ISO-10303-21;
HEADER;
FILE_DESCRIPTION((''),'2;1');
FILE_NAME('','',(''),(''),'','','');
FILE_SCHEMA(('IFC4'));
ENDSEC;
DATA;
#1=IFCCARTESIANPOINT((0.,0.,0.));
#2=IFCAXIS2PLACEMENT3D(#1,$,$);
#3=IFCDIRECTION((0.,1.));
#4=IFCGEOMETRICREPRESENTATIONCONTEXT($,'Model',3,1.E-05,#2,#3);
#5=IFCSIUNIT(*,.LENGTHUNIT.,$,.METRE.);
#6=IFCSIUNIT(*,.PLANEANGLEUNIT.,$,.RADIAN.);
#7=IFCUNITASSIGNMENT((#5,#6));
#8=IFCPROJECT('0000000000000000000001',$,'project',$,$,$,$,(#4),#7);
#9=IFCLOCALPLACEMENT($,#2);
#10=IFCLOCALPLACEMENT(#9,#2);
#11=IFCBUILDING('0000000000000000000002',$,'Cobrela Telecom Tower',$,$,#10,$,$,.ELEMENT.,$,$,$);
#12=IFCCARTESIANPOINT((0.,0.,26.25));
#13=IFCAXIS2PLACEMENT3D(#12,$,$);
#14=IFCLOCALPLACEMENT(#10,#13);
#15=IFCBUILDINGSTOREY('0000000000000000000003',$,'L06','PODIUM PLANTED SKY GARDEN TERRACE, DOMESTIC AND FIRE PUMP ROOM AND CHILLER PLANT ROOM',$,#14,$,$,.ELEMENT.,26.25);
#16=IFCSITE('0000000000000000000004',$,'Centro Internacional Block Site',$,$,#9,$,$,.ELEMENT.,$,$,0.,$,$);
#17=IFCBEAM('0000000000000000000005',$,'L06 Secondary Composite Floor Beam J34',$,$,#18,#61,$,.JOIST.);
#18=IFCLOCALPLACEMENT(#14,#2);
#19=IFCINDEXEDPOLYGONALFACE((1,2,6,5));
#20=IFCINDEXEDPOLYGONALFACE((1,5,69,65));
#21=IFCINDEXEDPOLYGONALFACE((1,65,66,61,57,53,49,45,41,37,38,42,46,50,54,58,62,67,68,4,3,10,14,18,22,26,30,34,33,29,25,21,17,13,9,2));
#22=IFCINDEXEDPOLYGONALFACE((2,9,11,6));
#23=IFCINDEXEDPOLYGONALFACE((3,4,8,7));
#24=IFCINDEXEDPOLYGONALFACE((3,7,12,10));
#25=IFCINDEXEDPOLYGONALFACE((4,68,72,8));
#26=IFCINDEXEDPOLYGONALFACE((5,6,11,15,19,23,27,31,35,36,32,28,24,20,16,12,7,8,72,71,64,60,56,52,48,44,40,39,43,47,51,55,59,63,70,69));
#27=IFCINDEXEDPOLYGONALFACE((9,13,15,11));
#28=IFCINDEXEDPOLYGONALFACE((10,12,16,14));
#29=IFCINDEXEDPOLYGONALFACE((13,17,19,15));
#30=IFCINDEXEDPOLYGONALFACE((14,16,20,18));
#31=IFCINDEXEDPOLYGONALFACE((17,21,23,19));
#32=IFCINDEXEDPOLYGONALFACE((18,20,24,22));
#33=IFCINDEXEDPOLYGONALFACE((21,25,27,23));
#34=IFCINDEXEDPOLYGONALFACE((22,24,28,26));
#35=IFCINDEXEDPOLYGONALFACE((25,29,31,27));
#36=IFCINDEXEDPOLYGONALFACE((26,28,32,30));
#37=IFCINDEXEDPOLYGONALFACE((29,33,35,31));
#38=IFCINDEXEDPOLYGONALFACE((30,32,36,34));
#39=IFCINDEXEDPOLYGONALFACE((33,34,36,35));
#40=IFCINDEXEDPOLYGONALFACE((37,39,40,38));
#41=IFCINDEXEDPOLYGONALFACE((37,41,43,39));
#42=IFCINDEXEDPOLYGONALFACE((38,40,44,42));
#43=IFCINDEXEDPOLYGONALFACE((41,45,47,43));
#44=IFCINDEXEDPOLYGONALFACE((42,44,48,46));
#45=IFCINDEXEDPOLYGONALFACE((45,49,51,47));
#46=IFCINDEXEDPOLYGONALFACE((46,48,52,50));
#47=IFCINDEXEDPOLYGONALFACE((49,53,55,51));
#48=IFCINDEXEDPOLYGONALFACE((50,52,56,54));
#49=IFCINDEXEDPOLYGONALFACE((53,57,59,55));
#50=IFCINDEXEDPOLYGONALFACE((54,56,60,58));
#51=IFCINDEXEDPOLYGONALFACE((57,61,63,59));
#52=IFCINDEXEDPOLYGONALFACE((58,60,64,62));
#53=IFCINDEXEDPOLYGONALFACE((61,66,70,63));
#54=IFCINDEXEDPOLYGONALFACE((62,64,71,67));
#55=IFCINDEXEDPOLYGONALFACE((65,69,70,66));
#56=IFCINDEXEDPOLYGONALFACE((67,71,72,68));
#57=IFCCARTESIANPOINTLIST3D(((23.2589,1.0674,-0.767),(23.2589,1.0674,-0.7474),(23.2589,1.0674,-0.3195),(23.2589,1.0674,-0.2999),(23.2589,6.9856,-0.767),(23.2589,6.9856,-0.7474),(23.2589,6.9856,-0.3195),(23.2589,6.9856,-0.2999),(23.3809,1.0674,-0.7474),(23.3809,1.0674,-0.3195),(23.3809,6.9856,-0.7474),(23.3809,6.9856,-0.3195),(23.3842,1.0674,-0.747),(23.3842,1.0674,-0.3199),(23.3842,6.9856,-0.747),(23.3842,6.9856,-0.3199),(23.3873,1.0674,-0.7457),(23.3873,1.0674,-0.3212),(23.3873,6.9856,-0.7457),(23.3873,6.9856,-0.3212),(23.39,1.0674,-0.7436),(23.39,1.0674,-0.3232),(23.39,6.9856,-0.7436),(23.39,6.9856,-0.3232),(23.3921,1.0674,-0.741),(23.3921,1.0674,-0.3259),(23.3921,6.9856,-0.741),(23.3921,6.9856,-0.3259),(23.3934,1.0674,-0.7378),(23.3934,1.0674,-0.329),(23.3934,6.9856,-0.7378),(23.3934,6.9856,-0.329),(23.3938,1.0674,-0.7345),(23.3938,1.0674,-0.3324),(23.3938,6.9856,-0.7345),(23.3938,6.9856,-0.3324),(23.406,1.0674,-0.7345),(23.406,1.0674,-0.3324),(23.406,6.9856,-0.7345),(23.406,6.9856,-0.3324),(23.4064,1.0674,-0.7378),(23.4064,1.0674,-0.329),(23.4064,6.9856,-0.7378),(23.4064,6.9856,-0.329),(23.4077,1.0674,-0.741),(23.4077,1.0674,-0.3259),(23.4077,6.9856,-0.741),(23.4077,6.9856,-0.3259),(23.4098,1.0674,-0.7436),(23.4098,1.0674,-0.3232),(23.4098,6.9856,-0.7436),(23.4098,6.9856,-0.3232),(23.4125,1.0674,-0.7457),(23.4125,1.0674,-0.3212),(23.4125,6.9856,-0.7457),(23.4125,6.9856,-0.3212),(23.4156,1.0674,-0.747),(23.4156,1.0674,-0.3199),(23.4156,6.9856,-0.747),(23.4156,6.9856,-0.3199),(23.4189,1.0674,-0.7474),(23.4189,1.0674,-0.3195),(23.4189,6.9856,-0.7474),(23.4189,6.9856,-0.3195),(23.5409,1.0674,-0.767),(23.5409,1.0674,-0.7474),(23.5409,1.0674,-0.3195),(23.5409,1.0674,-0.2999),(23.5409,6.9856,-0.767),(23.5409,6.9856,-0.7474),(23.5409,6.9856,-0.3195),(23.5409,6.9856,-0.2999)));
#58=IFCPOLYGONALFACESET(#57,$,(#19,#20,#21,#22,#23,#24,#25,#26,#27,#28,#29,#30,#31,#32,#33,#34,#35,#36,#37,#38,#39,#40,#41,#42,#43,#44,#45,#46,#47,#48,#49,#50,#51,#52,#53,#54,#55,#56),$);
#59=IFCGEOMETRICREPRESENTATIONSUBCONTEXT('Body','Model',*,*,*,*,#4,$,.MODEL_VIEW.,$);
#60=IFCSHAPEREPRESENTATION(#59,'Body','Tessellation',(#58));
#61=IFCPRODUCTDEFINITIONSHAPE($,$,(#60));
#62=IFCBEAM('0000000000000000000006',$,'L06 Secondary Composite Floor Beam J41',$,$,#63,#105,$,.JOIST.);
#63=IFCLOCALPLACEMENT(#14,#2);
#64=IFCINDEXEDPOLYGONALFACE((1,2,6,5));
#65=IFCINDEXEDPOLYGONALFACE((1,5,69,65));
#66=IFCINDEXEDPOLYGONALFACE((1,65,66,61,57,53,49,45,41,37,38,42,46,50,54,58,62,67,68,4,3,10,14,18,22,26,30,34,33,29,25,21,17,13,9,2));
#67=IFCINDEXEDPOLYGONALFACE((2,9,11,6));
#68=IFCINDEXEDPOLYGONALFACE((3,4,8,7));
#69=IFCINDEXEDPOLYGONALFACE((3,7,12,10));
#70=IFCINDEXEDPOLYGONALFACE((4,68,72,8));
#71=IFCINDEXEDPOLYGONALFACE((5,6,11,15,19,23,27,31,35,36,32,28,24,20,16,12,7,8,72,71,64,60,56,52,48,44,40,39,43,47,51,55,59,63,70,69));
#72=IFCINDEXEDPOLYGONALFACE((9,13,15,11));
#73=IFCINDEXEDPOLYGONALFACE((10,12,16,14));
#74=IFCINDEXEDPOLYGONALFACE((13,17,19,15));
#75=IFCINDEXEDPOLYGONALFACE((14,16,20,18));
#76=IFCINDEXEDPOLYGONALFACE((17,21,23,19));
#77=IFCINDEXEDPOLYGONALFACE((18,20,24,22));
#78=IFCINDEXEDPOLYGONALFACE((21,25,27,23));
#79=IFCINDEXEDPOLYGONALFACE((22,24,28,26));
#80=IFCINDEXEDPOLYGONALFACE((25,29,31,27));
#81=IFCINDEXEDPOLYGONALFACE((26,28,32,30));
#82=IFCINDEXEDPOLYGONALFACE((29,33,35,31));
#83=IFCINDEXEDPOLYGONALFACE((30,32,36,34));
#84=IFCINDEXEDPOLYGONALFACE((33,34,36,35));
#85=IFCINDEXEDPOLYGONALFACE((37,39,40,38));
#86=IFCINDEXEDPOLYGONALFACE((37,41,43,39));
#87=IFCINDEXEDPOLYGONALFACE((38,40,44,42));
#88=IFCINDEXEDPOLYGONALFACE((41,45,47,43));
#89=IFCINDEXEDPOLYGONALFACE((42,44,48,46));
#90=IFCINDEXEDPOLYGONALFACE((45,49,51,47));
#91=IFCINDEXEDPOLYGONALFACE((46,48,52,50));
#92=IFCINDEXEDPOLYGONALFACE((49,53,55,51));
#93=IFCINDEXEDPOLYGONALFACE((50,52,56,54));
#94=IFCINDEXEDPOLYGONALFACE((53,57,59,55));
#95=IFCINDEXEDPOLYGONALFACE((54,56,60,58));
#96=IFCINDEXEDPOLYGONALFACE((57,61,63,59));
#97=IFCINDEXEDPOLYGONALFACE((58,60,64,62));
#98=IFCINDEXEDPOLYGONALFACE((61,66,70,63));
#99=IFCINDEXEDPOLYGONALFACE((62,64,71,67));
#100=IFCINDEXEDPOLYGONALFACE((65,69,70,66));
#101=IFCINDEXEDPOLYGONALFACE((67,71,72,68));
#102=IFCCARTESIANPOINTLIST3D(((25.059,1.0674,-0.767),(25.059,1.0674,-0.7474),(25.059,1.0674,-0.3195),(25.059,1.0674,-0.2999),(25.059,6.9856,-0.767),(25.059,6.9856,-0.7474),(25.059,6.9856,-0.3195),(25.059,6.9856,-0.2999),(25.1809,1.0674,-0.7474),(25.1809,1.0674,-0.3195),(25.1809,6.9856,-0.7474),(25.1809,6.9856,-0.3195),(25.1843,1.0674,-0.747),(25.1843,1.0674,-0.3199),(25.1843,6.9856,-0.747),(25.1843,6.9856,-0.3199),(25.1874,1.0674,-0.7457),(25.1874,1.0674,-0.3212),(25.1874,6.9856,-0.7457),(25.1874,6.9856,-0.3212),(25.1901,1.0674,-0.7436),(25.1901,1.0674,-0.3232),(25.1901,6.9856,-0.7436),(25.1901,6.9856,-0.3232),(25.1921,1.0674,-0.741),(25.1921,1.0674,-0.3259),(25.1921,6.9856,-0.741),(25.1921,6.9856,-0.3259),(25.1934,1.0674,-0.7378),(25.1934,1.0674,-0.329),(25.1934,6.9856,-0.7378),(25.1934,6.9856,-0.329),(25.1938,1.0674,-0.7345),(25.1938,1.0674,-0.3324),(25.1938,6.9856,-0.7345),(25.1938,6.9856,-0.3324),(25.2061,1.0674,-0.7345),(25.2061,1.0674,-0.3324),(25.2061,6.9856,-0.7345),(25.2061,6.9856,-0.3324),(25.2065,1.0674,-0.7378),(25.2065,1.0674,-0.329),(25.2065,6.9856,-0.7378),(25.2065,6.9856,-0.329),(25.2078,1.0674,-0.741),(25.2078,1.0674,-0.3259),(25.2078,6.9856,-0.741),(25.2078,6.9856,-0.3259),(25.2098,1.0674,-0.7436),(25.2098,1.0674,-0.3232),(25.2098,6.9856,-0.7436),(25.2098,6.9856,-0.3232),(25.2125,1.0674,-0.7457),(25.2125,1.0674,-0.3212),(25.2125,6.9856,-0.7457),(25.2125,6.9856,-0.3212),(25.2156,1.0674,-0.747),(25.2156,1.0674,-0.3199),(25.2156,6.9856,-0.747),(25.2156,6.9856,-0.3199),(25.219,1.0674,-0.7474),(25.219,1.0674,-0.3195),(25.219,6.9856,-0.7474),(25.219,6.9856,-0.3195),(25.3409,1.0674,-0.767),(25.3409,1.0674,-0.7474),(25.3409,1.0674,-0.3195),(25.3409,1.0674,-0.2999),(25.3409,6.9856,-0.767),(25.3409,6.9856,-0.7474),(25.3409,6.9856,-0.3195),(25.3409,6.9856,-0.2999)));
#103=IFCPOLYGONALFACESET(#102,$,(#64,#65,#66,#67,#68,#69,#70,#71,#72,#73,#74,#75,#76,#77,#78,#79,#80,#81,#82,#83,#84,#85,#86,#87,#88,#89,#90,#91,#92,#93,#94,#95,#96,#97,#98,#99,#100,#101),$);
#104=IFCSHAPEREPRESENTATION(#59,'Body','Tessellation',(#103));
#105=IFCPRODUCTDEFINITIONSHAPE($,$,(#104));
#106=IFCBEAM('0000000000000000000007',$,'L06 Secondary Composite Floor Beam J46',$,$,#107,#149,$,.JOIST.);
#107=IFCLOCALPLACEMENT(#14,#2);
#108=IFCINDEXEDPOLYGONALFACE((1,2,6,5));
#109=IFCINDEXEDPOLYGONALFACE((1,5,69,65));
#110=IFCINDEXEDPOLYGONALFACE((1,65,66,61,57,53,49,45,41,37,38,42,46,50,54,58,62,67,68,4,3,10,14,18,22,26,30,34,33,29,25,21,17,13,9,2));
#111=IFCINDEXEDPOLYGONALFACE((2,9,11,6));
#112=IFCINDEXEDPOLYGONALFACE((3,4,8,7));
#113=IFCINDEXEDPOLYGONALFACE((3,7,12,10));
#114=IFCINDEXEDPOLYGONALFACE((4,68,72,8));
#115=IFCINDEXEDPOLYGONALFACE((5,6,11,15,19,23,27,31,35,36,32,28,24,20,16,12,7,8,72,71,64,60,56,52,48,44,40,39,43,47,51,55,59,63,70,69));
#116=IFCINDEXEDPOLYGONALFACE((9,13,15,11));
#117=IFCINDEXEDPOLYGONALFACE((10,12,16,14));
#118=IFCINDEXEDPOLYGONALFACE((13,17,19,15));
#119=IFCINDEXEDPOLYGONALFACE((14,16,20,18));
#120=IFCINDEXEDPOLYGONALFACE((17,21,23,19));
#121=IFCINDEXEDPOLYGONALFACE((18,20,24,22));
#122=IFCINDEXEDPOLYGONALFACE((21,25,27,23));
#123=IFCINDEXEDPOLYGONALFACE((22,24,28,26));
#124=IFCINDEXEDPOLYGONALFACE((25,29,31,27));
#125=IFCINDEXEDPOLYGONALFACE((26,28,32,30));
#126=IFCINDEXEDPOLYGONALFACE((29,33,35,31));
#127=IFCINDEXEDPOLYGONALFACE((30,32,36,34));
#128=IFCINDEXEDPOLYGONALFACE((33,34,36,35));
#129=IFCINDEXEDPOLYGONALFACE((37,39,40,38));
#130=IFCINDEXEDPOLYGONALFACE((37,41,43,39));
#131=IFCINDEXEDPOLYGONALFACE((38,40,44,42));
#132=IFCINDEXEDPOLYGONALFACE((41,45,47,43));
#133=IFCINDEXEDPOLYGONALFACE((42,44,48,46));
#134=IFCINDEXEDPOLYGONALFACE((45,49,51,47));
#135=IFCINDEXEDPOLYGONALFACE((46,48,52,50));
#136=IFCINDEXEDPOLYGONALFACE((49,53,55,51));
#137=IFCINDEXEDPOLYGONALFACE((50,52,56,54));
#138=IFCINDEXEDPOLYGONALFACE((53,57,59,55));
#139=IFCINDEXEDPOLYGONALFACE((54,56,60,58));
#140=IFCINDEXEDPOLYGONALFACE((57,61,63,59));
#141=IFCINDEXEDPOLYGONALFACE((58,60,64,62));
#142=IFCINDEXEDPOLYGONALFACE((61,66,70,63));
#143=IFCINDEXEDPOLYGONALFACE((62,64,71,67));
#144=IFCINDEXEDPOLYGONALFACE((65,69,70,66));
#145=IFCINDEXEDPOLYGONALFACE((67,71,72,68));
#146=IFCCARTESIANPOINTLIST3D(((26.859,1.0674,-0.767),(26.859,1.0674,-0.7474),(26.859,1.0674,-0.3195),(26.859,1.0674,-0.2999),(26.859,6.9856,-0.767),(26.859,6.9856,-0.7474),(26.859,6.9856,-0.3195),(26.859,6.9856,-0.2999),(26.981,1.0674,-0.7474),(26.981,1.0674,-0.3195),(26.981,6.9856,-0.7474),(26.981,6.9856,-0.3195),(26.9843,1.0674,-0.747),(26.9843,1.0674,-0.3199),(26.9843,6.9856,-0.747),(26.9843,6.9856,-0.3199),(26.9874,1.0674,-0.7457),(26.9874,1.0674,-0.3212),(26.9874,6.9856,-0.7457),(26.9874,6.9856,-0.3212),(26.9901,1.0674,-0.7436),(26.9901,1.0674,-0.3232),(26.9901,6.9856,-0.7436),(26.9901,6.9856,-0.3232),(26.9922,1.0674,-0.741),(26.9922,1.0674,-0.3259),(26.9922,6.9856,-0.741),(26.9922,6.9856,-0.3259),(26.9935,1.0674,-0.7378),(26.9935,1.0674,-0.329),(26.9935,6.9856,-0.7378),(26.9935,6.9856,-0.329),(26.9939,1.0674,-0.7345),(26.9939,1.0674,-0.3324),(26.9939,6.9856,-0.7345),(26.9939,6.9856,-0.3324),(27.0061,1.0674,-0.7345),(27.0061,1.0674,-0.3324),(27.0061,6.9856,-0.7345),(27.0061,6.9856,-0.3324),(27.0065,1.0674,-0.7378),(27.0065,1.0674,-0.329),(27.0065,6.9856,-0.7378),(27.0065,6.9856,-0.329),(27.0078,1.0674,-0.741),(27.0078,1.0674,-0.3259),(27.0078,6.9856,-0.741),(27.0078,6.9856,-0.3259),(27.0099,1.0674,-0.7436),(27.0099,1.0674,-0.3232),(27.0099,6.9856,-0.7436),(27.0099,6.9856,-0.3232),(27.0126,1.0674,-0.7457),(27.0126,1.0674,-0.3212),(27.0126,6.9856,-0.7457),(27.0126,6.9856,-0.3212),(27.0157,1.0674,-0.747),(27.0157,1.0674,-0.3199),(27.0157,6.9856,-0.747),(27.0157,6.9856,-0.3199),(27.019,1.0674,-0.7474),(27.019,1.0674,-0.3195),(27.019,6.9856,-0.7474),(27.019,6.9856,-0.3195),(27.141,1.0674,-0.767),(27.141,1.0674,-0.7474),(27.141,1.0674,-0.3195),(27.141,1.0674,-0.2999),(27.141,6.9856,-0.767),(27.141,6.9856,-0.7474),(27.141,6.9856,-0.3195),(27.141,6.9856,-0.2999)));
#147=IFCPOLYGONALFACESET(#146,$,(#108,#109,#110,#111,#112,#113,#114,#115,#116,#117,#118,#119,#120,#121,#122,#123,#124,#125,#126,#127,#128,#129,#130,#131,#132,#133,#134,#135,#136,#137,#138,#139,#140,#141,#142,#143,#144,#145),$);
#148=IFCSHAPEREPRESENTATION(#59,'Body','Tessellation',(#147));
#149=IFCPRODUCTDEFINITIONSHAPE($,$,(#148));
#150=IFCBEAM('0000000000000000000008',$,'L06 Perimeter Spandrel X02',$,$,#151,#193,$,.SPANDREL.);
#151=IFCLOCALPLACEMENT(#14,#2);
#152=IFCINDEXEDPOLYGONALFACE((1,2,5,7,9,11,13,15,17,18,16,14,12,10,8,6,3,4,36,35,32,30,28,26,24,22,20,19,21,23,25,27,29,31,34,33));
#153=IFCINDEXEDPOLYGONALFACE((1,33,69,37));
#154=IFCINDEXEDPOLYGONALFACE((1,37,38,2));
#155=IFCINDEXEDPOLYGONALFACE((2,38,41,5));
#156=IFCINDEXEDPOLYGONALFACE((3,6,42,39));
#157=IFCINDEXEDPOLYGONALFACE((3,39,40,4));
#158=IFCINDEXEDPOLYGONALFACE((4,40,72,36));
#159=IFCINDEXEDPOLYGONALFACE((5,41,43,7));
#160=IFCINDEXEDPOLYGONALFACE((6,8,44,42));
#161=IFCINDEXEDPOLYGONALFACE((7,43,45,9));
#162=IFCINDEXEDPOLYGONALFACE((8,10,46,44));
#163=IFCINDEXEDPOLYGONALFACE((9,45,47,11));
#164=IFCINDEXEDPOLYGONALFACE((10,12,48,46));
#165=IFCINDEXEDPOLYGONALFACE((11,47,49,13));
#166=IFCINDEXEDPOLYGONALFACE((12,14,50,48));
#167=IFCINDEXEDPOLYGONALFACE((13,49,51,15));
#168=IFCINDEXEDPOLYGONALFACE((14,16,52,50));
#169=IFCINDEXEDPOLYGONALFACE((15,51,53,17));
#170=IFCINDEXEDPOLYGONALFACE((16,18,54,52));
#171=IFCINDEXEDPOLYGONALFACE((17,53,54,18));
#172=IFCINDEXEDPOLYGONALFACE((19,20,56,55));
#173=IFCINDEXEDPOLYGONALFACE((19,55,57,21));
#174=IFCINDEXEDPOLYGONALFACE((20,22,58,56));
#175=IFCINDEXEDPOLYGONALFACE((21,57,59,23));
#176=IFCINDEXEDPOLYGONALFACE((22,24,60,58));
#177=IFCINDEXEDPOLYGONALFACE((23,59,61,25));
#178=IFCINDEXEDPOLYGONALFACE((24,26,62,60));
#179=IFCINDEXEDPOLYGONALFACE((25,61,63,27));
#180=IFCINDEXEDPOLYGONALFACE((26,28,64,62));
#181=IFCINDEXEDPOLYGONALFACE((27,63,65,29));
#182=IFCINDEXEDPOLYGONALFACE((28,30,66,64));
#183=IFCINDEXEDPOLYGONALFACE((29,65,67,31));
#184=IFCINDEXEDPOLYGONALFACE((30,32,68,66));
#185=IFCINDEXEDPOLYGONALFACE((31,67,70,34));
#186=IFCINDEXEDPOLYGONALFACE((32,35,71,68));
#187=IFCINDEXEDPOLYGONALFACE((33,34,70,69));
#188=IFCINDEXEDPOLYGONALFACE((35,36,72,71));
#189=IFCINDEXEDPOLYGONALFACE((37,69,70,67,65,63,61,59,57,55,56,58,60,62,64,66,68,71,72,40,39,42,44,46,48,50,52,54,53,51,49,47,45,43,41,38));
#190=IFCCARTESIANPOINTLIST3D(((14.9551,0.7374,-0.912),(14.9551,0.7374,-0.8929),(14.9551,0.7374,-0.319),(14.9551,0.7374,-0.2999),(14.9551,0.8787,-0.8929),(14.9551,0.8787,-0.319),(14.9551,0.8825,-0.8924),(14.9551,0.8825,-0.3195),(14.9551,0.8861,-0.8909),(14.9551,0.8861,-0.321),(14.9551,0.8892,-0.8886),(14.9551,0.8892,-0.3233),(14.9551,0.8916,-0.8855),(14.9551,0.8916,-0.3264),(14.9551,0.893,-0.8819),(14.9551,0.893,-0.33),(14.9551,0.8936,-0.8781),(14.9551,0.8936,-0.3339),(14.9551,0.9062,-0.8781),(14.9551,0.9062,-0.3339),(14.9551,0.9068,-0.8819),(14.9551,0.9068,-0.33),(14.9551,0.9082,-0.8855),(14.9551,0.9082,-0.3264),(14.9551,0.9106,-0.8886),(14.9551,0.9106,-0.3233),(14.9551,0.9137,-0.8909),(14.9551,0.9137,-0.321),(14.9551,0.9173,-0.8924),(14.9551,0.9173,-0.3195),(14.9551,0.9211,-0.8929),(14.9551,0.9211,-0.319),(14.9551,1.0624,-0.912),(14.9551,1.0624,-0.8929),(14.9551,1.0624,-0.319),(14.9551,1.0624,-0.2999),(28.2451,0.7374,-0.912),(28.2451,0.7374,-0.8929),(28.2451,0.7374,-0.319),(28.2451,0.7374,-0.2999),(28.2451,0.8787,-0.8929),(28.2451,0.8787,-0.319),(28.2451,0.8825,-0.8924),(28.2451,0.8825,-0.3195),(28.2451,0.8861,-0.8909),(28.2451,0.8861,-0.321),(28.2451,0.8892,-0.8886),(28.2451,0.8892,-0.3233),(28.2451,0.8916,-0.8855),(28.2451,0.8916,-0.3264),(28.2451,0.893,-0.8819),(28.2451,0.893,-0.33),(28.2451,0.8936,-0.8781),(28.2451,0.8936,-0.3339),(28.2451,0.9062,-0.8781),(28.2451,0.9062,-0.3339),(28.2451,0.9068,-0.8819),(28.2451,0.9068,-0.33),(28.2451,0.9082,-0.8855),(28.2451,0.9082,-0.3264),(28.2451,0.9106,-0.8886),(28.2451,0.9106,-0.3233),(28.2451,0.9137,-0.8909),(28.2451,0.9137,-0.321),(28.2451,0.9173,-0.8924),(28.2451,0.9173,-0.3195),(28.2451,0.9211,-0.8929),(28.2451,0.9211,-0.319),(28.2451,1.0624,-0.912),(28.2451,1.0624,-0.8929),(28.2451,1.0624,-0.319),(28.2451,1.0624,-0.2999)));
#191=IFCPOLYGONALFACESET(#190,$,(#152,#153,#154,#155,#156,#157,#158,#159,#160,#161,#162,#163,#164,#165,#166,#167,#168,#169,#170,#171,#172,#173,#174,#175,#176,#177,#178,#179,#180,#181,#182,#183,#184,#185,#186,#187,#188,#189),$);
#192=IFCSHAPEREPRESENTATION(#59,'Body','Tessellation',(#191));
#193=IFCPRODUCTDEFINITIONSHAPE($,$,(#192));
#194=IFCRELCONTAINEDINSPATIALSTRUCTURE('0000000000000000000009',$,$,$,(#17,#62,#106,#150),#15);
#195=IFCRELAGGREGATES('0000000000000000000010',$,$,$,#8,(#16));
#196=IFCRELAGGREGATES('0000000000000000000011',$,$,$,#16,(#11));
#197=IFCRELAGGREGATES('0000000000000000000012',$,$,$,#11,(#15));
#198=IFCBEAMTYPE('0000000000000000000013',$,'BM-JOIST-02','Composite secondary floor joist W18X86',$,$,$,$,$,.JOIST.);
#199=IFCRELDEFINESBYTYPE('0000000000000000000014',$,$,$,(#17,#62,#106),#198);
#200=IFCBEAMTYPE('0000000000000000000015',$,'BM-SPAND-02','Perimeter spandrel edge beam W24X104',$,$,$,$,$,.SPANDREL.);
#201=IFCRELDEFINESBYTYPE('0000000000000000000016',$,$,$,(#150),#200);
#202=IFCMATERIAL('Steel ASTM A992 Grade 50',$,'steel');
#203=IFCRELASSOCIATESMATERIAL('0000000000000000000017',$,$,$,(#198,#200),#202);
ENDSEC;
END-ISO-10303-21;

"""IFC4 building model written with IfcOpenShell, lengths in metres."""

from ifc_helpers import new_model, si_unit, direction, frame, origin, origin_2d, place, context, subcontext, project, spatial, i_section, extrude, material, material_profile, profile_set, type_object, element, save


model = new_model("IFC4")

# Units and contexts
model_context = context("Model", 3, precision=1e-05, world=origin(), true_north=direction((0.0, 1.0)))
body_context = subcontext(model_context, "Body", "Model", "MODEL_VIEW")
ifc_project = project(units=[si_unit("LENGTHUNIT", "METRE"), si_unit("PLANEANGLEUNIT", "RADIAN")], contexts=[model_context])

# Site, building, storey
site_placement = place(None, origin())
site = spatial("IfcSite", under=ifc_project, at=site_placement, Name="Centro Internacional Block Site", CompositionType="ELEMENT", RefElevation=0.0)
building_placement = place(site_placement, origin())
building = spatial("IfcBuilding", under=site, at=building_placement, Name="Cobrela Telecom Tower", CompositionType="ELEMENT")
storey_placement = place(building_placement, frame((0.0, 0.0, 26.25)))
storey = spatial("IfcBuildingStorey", under=building, at=storey_placement, Name="L06", Description="PODIUM PLANTED SKY GARDEN TERRACE, DOMESTIC AND FIRE PUMP ROOM AND CHILLER PLANT ROOM", CompositionType="ELEMENT", Elevation=26.25)

# Beams
ifc_material_1 = material(Name="Steel ASTM A992 Grade 50", Category="steel")
ifc_material_profile_1 = material_profile(ifc_material_1, i_section(OverallWidth=0.282, OverallDepth=0.467, WebThickness=0.0122, FlangeThickness=0.0195, FilletRadius=0.0129, at=origin_2d()), Name="W18X86")
ifc_profile_set_1 = profile_set([ifc_material_profile_1], Name="Steel ASTM A992 Grade 50")
beam_type_1 = type_object("IfcBeamType", Name="BM-JOIST-02", Description="Composite secondary floor joist W18X86", PredefinedType="JOIST", material=ifc_profile_set_1)
for number, where, z_axis, x_axis, name in (
    (1, (23.3999, 1.0674, -0.5334), (0.0, 1.0, 0.0), (-1.0, 0.0, 0.0), "L06 Secondary Composite Floor Beam J34"),
    (2, (25.2, 1.0674, -0.5334), (0.0, 1.0, 0.0), (-1.0, 0.0, 0.0), "L06 Secondary Composite Floor Beam J41"),
    (3, (27.0, 1.0674, -0.5334), (0.0, 1.0, 0.0), (-1.0, 0.0, 0.0), "L06 Secondary Composite Floor Beam J46"),
):
    element("IfcBeam", number, at=place(storey_placement, frame(where, z_axis=z_axis, x_axis=x_axis)), inside=storey, type_object=beam_type_1, Name=name, PredefinedType="JOIST", context=body_context, shape_type="SweptSolid", body=[
        extrude(i_section(OverallWidth=0.282, OverallDepth=0.467, WebThickness=0.0122, FlangeThickness=0.0195, FilletRadius=0.0129, at=origin_2d()), origin(), (0.0, 0.0, 1.0), 5.9182),
    ])
ifc_material_profile_2 = material_profile(ifc_material_1, i_section(OverallWidth=0.325, OverallDepth=0.6121, WebThickness=0.0127, FlangeThickness=0.019, FilletRadius=0.0149, at=origin_2d()), Name="W24X104")
ifc_profile_set_2 = profile_set([ifc_material_profile_2], Name="Steel ASTM A992 Grade 50")
beam_type_2 = type_object("IfcBeamType", Name="BM-SPAND-02", Description="Perimeter spandrel edge beam W24X104", PredefinedType="SPANDREL", material=ifc_profile_set_2)
beam_1_placement = place(storey_placement, frame((14.9551, 0.8999, -0.606), z_axis=(1.0, 0.0, 0.0), x_axis=(0.0, 1.0, 0.0)))
element("IfcBeam", 4, at=beam_1_placement, inside=storey, type_object=beam_type_2, Name="L06 Perimeter Spandrel X02", PredefinedType="SPANDREL", context=body_context, shape_type="SweptSolid", body=[
    extrude(i_section(OverallWidth=0.325, OverallDepth=0.6121, WebThickness=0.0127, FlangeThickness=0.019, FilletRadius=0.0149, at=origin_2d()), origin(), (0.0, 0.0, 1.0), 13.29),
])

save(model, "model.ifc")
